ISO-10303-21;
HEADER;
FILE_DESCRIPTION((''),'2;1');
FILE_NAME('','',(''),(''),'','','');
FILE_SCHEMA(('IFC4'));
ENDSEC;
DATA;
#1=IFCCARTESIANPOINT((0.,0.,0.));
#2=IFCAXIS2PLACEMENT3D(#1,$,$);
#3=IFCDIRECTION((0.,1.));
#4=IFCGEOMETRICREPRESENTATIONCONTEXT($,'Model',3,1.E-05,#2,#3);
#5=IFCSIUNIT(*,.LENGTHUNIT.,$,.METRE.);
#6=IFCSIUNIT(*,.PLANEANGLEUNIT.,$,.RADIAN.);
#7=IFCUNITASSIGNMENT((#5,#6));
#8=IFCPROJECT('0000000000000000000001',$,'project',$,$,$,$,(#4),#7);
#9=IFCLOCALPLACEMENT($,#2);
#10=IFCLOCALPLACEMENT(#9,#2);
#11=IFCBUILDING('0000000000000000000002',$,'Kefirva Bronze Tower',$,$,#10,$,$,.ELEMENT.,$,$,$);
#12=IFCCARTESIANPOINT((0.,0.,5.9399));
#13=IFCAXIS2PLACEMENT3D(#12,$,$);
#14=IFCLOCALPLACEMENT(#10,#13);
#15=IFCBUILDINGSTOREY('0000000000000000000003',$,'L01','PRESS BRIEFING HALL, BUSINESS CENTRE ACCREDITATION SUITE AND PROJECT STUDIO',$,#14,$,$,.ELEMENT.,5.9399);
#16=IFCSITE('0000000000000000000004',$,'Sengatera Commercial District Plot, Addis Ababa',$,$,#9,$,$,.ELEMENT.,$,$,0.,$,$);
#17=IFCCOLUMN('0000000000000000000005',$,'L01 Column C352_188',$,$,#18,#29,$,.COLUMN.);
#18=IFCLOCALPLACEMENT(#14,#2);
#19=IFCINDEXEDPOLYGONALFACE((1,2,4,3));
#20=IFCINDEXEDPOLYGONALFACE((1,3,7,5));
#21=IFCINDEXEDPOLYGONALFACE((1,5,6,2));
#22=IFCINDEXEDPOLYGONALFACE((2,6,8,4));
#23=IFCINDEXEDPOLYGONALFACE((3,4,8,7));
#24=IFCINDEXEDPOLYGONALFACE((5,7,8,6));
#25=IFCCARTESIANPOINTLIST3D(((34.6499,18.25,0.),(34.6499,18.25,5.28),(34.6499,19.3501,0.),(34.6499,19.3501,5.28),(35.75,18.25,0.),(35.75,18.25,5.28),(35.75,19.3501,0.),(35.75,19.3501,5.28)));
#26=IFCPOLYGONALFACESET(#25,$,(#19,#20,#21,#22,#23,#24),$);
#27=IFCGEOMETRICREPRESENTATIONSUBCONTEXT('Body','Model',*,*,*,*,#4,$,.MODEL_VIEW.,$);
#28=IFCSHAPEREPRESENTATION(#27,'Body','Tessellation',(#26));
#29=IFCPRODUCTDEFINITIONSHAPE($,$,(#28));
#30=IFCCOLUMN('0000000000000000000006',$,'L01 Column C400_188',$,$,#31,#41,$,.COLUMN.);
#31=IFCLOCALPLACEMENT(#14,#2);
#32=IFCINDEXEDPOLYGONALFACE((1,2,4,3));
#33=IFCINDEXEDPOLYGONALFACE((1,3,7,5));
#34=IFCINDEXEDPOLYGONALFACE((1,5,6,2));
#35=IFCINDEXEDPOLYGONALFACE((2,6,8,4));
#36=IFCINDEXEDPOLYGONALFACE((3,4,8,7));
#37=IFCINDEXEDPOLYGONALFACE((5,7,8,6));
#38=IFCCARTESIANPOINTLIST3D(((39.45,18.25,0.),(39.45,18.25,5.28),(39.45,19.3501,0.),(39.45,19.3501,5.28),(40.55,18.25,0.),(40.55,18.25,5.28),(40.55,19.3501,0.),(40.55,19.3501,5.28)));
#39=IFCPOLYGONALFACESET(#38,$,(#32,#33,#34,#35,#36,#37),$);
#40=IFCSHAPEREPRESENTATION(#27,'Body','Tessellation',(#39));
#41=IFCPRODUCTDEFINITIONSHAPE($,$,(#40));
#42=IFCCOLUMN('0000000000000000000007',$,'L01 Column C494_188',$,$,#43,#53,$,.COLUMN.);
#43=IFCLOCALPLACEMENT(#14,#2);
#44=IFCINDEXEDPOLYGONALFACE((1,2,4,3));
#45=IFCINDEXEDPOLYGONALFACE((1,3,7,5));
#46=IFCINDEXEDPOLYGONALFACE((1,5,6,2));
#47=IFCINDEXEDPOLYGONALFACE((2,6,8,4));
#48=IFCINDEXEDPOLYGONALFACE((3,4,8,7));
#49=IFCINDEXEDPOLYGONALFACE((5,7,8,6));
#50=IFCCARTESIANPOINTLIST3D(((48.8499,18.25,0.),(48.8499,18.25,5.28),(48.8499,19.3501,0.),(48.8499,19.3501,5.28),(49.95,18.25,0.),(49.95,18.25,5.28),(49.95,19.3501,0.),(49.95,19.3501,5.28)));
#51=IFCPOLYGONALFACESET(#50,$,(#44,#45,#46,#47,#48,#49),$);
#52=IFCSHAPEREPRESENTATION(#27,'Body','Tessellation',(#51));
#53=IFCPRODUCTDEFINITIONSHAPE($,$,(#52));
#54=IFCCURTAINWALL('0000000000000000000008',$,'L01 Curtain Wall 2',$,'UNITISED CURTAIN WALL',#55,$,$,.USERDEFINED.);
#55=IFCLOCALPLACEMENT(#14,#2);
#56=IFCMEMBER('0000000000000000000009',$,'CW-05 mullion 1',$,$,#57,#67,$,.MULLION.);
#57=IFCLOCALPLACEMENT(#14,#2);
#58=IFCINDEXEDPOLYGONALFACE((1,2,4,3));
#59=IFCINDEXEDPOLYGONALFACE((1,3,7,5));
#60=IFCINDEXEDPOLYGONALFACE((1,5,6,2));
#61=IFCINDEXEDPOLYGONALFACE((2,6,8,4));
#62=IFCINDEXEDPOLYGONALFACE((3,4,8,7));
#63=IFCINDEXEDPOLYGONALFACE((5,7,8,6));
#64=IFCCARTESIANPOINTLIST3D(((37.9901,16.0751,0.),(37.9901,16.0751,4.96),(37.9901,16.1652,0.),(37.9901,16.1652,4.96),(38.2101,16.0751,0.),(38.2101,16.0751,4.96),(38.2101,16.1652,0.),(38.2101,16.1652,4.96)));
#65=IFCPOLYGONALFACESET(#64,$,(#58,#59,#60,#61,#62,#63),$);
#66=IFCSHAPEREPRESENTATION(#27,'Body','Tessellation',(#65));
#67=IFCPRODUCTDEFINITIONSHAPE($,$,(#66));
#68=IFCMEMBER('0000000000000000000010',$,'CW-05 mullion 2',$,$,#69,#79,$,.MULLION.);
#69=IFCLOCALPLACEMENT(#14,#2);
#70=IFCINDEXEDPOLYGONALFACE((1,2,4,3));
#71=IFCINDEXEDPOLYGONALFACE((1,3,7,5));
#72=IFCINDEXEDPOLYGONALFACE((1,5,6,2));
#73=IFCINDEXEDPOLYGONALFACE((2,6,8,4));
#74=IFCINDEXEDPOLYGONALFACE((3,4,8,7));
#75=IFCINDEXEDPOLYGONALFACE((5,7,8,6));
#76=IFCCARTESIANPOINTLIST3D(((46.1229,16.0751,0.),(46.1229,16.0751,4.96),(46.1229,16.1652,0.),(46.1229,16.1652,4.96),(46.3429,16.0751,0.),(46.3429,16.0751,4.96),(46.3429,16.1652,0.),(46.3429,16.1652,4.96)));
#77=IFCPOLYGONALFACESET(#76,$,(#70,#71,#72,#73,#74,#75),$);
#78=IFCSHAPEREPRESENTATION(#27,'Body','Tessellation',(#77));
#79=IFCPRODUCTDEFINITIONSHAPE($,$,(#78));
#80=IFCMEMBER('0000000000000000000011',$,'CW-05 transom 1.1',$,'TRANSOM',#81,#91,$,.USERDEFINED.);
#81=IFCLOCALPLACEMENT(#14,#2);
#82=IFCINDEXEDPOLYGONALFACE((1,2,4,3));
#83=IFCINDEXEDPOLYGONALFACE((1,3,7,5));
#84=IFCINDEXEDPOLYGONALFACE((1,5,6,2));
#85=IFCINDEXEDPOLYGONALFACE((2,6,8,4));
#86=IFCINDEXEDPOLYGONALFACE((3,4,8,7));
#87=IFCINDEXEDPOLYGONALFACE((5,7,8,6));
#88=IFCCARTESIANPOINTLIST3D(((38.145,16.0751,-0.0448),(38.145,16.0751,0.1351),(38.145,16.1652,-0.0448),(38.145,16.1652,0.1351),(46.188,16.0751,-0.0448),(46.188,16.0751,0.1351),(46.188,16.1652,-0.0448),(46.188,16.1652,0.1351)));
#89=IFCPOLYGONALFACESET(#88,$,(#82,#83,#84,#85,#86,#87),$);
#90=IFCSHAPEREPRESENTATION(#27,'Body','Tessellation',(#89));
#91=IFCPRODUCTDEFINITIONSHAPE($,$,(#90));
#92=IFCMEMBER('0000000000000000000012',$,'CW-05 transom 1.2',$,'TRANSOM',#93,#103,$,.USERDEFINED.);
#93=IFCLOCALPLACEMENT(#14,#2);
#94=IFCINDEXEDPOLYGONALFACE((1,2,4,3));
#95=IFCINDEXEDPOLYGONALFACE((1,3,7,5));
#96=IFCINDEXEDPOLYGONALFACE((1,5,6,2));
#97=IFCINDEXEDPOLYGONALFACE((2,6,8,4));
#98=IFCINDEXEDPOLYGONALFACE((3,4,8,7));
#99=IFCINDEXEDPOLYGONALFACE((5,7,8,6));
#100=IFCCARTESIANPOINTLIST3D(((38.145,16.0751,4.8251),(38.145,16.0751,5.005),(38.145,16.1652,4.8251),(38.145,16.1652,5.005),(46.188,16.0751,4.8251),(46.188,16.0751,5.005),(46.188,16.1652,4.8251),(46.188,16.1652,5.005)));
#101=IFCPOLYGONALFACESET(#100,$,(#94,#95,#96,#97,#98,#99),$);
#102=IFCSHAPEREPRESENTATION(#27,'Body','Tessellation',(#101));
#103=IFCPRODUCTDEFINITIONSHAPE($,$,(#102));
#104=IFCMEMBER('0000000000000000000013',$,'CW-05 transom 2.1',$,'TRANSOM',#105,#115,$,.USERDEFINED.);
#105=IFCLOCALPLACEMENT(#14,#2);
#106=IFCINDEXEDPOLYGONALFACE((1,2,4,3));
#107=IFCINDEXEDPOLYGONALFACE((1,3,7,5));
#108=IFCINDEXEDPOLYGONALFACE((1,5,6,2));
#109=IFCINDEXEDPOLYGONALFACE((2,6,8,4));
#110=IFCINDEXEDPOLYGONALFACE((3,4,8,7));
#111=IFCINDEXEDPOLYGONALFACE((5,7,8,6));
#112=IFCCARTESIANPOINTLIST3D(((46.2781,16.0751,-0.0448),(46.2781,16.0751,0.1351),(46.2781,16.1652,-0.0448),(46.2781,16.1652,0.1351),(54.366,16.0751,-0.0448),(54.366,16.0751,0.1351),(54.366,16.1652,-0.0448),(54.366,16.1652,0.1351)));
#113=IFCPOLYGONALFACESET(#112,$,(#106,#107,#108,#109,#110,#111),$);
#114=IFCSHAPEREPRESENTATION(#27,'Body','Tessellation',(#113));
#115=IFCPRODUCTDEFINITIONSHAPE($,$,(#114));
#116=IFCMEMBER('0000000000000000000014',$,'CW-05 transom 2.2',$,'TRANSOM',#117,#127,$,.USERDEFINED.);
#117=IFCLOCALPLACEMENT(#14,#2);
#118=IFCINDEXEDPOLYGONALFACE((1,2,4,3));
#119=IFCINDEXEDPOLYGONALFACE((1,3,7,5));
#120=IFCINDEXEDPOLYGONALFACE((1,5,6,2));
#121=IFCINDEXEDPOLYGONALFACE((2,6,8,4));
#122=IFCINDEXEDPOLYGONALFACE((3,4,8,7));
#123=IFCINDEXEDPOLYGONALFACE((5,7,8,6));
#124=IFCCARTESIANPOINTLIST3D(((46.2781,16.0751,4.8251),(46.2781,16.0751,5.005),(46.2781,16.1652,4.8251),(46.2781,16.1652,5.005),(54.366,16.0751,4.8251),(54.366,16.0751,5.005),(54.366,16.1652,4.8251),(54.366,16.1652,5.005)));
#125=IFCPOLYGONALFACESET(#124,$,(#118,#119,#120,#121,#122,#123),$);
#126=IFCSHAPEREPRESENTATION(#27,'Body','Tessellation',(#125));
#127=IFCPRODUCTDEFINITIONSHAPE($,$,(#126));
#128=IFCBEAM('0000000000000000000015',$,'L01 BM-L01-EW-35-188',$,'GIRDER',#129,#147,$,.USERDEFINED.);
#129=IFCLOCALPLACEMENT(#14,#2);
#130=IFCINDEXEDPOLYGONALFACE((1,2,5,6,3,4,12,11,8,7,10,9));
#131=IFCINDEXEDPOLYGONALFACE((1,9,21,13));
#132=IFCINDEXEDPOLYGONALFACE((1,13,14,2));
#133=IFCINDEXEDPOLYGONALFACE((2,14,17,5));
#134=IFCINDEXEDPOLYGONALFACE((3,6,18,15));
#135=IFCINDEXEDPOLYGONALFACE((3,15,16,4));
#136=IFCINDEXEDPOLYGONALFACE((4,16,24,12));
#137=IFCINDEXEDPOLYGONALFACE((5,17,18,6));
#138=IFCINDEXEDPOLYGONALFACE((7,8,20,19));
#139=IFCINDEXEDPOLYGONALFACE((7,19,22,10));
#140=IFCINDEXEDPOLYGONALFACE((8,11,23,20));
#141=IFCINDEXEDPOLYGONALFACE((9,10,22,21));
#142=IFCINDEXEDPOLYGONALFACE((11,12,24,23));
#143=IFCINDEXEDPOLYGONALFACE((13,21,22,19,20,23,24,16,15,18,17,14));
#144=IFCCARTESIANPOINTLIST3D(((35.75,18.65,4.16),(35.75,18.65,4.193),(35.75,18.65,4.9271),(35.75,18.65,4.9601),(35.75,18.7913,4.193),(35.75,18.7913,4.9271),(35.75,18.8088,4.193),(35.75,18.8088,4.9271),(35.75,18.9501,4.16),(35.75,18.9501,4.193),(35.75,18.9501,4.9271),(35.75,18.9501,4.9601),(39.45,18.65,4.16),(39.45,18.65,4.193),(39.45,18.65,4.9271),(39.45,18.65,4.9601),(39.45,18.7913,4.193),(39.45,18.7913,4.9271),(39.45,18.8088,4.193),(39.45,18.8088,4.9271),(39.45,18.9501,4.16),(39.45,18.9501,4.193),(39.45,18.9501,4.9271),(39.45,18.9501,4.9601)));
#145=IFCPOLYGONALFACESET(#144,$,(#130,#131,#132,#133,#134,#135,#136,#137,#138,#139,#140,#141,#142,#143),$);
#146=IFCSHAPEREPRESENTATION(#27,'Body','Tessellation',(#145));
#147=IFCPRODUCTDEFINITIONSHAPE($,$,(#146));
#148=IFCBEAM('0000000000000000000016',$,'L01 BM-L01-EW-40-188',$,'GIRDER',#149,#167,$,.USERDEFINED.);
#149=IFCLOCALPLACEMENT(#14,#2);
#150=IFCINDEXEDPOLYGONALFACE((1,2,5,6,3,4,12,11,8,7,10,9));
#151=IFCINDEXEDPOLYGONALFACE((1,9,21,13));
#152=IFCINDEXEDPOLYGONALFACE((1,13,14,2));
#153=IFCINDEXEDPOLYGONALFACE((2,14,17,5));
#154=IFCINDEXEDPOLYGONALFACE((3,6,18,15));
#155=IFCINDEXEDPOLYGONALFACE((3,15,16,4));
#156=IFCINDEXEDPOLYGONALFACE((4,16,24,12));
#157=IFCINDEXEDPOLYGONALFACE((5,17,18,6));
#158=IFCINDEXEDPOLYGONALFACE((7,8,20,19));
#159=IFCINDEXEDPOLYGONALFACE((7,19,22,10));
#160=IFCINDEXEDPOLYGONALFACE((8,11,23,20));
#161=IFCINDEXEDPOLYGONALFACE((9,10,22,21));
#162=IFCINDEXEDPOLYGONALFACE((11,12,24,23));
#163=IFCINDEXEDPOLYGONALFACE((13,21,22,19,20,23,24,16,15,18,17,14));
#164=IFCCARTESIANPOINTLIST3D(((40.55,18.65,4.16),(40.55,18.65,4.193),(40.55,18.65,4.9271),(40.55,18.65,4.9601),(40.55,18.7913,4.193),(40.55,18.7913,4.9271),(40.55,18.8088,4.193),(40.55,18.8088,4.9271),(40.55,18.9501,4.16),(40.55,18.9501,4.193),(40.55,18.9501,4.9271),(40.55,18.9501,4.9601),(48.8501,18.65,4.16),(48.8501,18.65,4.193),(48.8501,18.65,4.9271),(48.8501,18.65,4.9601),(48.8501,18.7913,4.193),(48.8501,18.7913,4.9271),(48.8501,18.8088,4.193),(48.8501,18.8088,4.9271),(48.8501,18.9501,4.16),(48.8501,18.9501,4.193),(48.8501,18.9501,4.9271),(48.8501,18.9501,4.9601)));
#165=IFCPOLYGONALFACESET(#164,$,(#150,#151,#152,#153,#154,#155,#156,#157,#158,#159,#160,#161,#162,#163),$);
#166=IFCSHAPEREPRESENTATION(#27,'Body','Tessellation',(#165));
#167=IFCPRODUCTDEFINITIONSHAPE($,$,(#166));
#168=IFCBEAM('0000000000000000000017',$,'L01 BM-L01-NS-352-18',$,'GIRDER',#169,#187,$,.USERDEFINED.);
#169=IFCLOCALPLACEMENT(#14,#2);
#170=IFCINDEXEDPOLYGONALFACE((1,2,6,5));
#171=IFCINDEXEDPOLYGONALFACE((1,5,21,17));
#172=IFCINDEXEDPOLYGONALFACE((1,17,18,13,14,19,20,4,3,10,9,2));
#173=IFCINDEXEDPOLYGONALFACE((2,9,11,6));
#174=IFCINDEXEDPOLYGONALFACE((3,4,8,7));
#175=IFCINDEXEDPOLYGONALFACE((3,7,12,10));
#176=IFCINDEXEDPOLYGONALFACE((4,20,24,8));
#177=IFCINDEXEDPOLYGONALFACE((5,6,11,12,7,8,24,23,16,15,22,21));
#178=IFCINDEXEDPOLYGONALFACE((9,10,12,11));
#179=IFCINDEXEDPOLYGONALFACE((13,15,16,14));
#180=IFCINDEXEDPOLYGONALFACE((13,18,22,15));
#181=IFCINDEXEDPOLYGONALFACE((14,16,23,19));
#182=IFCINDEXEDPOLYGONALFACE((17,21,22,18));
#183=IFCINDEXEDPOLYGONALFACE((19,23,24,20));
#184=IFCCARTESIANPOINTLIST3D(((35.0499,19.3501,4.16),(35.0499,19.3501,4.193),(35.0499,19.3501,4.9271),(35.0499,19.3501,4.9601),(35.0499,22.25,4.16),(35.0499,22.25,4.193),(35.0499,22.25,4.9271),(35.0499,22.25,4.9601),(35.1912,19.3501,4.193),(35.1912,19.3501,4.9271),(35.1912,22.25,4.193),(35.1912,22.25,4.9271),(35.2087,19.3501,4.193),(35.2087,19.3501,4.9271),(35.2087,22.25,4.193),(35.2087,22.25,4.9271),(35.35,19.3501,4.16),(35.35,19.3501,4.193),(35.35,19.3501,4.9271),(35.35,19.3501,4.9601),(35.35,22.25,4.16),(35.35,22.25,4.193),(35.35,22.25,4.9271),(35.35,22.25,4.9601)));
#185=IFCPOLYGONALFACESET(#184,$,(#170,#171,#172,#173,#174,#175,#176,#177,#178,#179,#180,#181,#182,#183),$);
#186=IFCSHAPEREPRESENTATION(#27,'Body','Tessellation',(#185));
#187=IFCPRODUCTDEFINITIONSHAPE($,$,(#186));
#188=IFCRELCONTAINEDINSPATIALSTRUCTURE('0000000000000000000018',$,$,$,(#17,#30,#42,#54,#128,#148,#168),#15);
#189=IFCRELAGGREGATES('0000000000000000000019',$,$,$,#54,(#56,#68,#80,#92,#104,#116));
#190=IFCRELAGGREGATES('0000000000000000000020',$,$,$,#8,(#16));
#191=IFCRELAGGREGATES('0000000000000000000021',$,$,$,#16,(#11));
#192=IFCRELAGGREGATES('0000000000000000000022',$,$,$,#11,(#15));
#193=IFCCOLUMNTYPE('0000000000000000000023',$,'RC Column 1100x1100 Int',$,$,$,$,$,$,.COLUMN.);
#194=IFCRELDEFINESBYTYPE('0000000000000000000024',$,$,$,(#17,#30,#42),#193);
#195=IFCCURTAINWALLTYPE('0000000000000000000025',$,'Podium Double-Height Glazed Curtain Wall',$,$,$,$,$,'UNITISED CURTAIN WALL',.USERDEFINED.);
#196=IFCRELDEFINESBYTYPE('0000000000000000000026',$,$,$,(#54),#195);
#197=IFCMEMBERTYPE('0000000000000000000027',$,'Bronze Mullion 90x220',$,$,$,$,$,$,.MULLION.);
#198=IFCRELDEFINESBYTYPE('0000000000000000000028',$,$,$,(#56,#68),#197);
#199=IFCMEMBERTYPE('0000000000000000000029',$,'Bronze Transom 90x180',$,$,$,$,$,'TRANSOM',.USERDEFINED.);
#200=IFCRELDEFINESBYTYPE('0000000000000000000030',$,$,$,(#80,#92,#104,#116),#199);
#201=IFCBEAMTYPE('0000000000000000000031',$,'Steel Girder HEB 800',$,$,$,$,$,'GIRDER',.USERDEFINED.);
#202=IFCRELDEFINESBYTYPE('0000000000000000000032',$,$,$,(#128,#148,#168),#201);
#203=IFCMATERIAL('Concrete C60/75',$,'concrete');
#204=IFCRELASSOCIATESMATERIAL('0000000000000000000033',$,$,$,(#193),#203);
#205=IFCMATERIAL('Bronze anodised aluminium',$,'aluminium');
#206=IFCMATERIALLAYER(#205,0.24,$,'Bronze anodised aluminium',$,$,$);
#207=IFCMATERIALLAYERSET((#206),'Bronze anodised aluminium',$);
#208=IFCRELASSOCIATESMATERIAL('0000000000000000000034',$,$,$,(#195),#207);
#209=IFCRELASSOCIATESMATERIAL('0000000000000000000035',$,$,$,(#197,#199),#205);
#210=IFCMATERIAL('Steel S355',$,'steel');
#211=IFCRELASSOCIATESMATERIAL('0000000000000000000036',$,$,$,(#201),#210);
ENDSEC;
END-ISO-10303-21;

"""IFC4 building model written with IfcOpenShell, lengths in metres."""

from ifc_helpers import new_model, si_unit, direction, frame, origin, origin_2d, place, context, subcontext, project, spatial, rectangle, i_section, extrude, material, layer, layer_set, material_profile, profile_set, type_object, element, aggregate, save


model = new_model("IFC4")

# Units and contexts
model_context = context("Model", 3, precision=1e-05, world=origin(), true_north=direction((0.0, 1.0)))
body_context = subcontext(model_context, "Body", "Model", "MODEL_VIEW")
ifc_project = project(units=[si_unit("LENGTHUNIT", "METRE"), si_unit("PLANEANGLEUNIT", "RADIAN")], contexts=[model_context])

# Site, building, storey
site_placement = place(None, origin())
site = spatial("IfcSite", under=ifc_project, at=site_placement, Name="Sengatera Commercial District Plot, Addis Ababa", CompositionType="ELEMENT", RefElevation=0.0)
building_placement = place(site_placement, origin())
building = spatial("IfcBuilding", under=site, at=building_placement, Name="Kefirva Bronze Tower", CompositionType="ELEMENT")
storey_placement = place(building_placement, frame((0.0, 0.0, 5.9399)))
storey = spatial("IfcBuildingStorey", under=building, at=storey_placement, Name="L01", Description="PRESS BRIEFING HALL, BUSINESS CENTRE ACCREDITATION SUITE AND PROJECT STUDIO", CompositionType="ELEMENT", Elevation=5.9399)

# Columns
ifc_material_1 = material(Name="Concrete C60/75", Category="concrete")
ifc_material_profile_1 = material_profile(ifc_material_1, rectangle(XDim=1.1001, YDim=1.1001, at=origin_2d()), Name="RC 1100x1100")
ifc_profile_set_1 = profile_set([ifc_material_profile_1], Name="Concrete C60/75")
column_type = type_object("IfcColumnType", Name="RC Column 1100x1100 Int", PredefinedType="COLUMN", material=ifc_profile_set_1)
for number, where, z_axis, x_axis, name in (
    (1, (35.2, 18.8, 0.0), (0.0, 0.0, 1.0), (1.0, 0.0, 0.0), "L01 Column C352_188"),
    (2, (40.0, 18.8, 0.0), (0.0, 0.0, 1.0), (1.0, 0.0, 0.0), "L01 Column C400_188"),
    (3, (49.3999, 18.8, 0.0), (0.0, 0.0, 1.0), (1.0, 0.0, 0.0), "L01 Column C494_188"),
):
    element("IfcColumn", number, at=place(storey_placement, frame(where, z_axis=z_axis, x_axis=x_axis)), inside=storey, type_object=column_type, Name=name, PredefinedType="COLUMN", context=body_context, shape_type="SweptSolid", body=[
        extrude(rectangle(XDim=1.1001, YDim=1.1001, at=origin_2d()), origin(), (0.0, 0.0, 1.0), 5.28),
    ])

# Curtain wall, members
ifc_material_2 = material(Name="Bronze anodised aluminium", Category="aluminium")
ifc_layer_1 = layer(ifc_material_2, 0.24, Name="Bronze anodised aluminium")
ifc_layer_set_1 = layer_set([ifc_layer_1], Name="Bronze anodised aluminium")
curtain_wall_type = type_object("IfcCurtainWallType", Name="Podium Double-Height Glazed Curtain Wall", ElementType="UNITISED CURTAIN WALL", PredefinedType="USERDEFINED", material=ifc_layer_set_1)
curtain_wall_placement = place(storey_placement, origin())
curtain_wall = element("IfcCurtainWall", 4, at=curtain_wall_placement, inside=storey, type_object=curtain_wall_type, Name="L01 Curtain Wall 2", ObjectType="UNITISED CURTAIN WALL", PredefinedType="USERDEFINED")
ifc_material_profile_2 = material_profile(ifc_material_2, rectangle(XDim=0.0901, YDim=0.22, at=origin_2d()), Name="ALU 90x220")
ifc_profile_set_2 = profile_set([ifc_material_profile_2], Name="Bronze anodised aluminium")
member_type_1 = type_object("IfcMemberType", Name="Bronze Mullion 90x220", PredefinedType="MULLION", material=ifc_profile_set_2)
member_1_placement = place(storey_placement, frame((38.1001, 16.1201, 0.0), z_axis=(0.0, 0.0, 1.0), x_axis=(0.0, 1.0, 0.0)))
member_1 = element("IfcMember", 5, at=member_1_placement, type_object=member_type_1, Name="CW-05 mullion 1", PredefinedType="MULLION", context=body_context, shape_type="SweptSolid", body=[
    extrude(rectangle(XDim=0.0901, YDim=0.22, at=origin_2d()), origin(), (0.0, 0.0, 1.0), 4.96),
])
member_2_placement = place(storey_placement, frame((46.2329, 16.1201, 0.0), z_axis=(0.0, 0.0, 1.0), x_axis=(0.0, 1.0, 0.0)))
member_2 = element("IfcMember", 6, at=member_2_placement, type_object=member_type_1, Name="CW-05 mullion 2", PredefinedType="MULLION", context=body_context, shape_type="SweptSolid", body=[
    extrude(rectangle(XDim=0.0901, YDim=0.22, at=origin_2d()), origin(), (0.0, 0.0, 1.0), 4.96),
])
ifc_material_profile_3 = material_profile(ifc_material_2, rectangle(XDim=0.0901, YDim=0.1799, at=origin_2d()), Name="ALU 90x180")
ifc_profile_set_3 = profile_set([ifc_material_profile_3], Name="Bronze anodised aluminium")
member_type_2 = type_object("IfcMemberType", Name="Bronze Transom 90x180", ElementType="TRANSOM", PredefinedType="USERDEFINED", material=ifc_profile_set_3)
member_3_placement = place(storey_placement, frame((38.145, 16.1201, 0.0452), z_axis=(1.0, 0.0, 0.0), x_axis=(0.0, 1.0, 0.0)))
member_3 = element("IfcMember", 7, at=member_3_placement, type_object=member_type_2, Name="CW-05 transom 1.1", ObjectType="TRANSOM", PredefinedType="USERDEFINED", context=body_context, shape_type="SweptSolid", body=[
    extrude(rectangle(XDim=0.0901, YDim=0.1799, at=origin_2d()), origin(), (0.0, 0.0, 1.0), 8.043),
])
member_4_placement = place(storey_placement, frame((38.145, 16.1201, 4.915), z_axis=(1.0, 0.0, 0.0), x_axis=(0.0, 1.0, 0.0)))
member_4 = element("IfcMember", 8, at=member_4_placement, type_object=member_type_2, Name="CW-05 transom 1.2", ObjectType="TRANSOM", PredefinedType="USERDEFINED", context=body_context, shape_type="SweptSolid", body=[
    extrude(rectangle(XDim=0.0901, YDim=0.1799, at=origin_2d()), origin(), (0.0, 0.0, 1.0), 8.043),
])
member_5_placement = place(storey_placement, frame((46.2781, 16.1201, 0.0452), z_axis=(1.0, 0.0, 0.0), x_axis=(0.0, 1.0, 0.0)))
member_5 = element("IfcMember", 9, at=member_5_placement, type_object=member_type_2, Name="CW-05 transom 2.1", ObjectType="TRANSOM", PredefinedType="USERDEFINED", context=body_context, shape_type="SweptSolid", body=[
    extrude(rectangle(XDim=0.0901, YDim=0.1799, at=origin_2d()), origin(), (0.0, 0.0, 1.0), 8.0879),
])
member_6_placement = place(storey_placement, frame((46.2781, 16.1201, 4.915), z_axis=(1.0, 0.0, 0.0), x_axis=(0.0, 1.0, 0.0)))
member_6 = element("IfcMember", 10, at=member_6_placement, type_object=member_type_2, Name="CW-05 transom 2.2", ObjectType="TRANSOM", PredefinedType="USERDEFINED", context=body_context, shape_type="SweptSolid", body=[
    extrude(rectangle(XDim=0.0901, YDim=0.1799, at=origin_2d()), origin(), (0.0, 0.0, 1.0), 8.0879),
])

# Beams
ifc_material_3 = material(Name="Steel S355", Category="steel")
ifc_material_profile_4 = material_profile(ifc_material_3, i_section(OverallWidth=0.3, OverallDepth=0.8, WebThickness=0.0176, FlangeThickness=0.033, at=origin_2d()), Name="HEB 800")
ifc_profile_set_4 = profile_set([ifc_material_profile_4], Name="Steel S355")
beam_type = type_object("IfcBeamType", Name="Steel Girder HEB 800", ElementType="GIRDER", PredefinedType="USERDEFINED", material=ifc_profile_set_4)
beam_1_placement = place(storey_placement, frame((35.75, 18.8, 4.5601), z_axis=(1.0, 0.0, 0.0), x_axis=(0.0, 1.0, 0.0)))
element("IfcBeam", 11, at=beam_1_placement, inside=storey, type_object=beam_type, Name="L01 BM-L01-EW-35-188", ObjectType="GIRDER", PredefinedType="USERDEFINED", context=body_context, shape_type="SweptSolid", body=[
    extrude(i_section(OverallWidth=0.3, OverallDepth=0.8, WebThickness=0.0176, FlangeThickness=0.033, at=origin_2d()), origin(), (0.0, 0.0, 1.0), 3.7),
])
beam_2_placement = place(storey_placement, frame((40.55, 18.8, 4.5601), z_axis=(1.0, 0.0, 0.0), x_axis=(0.0, 1.0, 0.0)))
element("IfcBeam", 12, at=beam_2_placement, inside=storey, type_object=beam_type, Name="L01 BM-L01-EW-40-188", ObjectType="GIRDER", PredefinedType="USERDEFINED", context=body_context, shape_type="SweptSolid", body=[
    extrude(i_section(OverallWidth=0.3, OverallDepth=0.8, WebThickness=0.0176, FlangeThickness=0.033, at=origin_2d()), origin(), (0.0, 0.0, 1.0), 8.3),
])
for number, where, z_axis, x_axis, name in (
    (13, (35.2, 19.3501, 4.5601), (0.0, 1.0, 0.0), (-1.0, 0.0, 0.0), "L01 BM-L01-NS-352-18"),
):
    element("IfcBeam", number, at=place(storey_placement, frame(where, z_axis=z_axis, x_axis=x_axis)), inside=storey, type_object=beam_type, Name=name, ObjectType="GIRDER", PredefinedType="USERDEFINED", context=body_context, shape_type="SweptSolid", body=[
        extrude(i_section(OverallWidth=0.3, OverallDepth=0.8, WebThickness=0.0176, FlangeThickness=0.033, at=origin_2d()), origin(), (0.0, 0.0, 1.0), 2.8999),
    ])

aggregate(curtain_wall, [member_1, member_2, member_3, member_4, member_5, member_6])

save(model, "model.ifc")
